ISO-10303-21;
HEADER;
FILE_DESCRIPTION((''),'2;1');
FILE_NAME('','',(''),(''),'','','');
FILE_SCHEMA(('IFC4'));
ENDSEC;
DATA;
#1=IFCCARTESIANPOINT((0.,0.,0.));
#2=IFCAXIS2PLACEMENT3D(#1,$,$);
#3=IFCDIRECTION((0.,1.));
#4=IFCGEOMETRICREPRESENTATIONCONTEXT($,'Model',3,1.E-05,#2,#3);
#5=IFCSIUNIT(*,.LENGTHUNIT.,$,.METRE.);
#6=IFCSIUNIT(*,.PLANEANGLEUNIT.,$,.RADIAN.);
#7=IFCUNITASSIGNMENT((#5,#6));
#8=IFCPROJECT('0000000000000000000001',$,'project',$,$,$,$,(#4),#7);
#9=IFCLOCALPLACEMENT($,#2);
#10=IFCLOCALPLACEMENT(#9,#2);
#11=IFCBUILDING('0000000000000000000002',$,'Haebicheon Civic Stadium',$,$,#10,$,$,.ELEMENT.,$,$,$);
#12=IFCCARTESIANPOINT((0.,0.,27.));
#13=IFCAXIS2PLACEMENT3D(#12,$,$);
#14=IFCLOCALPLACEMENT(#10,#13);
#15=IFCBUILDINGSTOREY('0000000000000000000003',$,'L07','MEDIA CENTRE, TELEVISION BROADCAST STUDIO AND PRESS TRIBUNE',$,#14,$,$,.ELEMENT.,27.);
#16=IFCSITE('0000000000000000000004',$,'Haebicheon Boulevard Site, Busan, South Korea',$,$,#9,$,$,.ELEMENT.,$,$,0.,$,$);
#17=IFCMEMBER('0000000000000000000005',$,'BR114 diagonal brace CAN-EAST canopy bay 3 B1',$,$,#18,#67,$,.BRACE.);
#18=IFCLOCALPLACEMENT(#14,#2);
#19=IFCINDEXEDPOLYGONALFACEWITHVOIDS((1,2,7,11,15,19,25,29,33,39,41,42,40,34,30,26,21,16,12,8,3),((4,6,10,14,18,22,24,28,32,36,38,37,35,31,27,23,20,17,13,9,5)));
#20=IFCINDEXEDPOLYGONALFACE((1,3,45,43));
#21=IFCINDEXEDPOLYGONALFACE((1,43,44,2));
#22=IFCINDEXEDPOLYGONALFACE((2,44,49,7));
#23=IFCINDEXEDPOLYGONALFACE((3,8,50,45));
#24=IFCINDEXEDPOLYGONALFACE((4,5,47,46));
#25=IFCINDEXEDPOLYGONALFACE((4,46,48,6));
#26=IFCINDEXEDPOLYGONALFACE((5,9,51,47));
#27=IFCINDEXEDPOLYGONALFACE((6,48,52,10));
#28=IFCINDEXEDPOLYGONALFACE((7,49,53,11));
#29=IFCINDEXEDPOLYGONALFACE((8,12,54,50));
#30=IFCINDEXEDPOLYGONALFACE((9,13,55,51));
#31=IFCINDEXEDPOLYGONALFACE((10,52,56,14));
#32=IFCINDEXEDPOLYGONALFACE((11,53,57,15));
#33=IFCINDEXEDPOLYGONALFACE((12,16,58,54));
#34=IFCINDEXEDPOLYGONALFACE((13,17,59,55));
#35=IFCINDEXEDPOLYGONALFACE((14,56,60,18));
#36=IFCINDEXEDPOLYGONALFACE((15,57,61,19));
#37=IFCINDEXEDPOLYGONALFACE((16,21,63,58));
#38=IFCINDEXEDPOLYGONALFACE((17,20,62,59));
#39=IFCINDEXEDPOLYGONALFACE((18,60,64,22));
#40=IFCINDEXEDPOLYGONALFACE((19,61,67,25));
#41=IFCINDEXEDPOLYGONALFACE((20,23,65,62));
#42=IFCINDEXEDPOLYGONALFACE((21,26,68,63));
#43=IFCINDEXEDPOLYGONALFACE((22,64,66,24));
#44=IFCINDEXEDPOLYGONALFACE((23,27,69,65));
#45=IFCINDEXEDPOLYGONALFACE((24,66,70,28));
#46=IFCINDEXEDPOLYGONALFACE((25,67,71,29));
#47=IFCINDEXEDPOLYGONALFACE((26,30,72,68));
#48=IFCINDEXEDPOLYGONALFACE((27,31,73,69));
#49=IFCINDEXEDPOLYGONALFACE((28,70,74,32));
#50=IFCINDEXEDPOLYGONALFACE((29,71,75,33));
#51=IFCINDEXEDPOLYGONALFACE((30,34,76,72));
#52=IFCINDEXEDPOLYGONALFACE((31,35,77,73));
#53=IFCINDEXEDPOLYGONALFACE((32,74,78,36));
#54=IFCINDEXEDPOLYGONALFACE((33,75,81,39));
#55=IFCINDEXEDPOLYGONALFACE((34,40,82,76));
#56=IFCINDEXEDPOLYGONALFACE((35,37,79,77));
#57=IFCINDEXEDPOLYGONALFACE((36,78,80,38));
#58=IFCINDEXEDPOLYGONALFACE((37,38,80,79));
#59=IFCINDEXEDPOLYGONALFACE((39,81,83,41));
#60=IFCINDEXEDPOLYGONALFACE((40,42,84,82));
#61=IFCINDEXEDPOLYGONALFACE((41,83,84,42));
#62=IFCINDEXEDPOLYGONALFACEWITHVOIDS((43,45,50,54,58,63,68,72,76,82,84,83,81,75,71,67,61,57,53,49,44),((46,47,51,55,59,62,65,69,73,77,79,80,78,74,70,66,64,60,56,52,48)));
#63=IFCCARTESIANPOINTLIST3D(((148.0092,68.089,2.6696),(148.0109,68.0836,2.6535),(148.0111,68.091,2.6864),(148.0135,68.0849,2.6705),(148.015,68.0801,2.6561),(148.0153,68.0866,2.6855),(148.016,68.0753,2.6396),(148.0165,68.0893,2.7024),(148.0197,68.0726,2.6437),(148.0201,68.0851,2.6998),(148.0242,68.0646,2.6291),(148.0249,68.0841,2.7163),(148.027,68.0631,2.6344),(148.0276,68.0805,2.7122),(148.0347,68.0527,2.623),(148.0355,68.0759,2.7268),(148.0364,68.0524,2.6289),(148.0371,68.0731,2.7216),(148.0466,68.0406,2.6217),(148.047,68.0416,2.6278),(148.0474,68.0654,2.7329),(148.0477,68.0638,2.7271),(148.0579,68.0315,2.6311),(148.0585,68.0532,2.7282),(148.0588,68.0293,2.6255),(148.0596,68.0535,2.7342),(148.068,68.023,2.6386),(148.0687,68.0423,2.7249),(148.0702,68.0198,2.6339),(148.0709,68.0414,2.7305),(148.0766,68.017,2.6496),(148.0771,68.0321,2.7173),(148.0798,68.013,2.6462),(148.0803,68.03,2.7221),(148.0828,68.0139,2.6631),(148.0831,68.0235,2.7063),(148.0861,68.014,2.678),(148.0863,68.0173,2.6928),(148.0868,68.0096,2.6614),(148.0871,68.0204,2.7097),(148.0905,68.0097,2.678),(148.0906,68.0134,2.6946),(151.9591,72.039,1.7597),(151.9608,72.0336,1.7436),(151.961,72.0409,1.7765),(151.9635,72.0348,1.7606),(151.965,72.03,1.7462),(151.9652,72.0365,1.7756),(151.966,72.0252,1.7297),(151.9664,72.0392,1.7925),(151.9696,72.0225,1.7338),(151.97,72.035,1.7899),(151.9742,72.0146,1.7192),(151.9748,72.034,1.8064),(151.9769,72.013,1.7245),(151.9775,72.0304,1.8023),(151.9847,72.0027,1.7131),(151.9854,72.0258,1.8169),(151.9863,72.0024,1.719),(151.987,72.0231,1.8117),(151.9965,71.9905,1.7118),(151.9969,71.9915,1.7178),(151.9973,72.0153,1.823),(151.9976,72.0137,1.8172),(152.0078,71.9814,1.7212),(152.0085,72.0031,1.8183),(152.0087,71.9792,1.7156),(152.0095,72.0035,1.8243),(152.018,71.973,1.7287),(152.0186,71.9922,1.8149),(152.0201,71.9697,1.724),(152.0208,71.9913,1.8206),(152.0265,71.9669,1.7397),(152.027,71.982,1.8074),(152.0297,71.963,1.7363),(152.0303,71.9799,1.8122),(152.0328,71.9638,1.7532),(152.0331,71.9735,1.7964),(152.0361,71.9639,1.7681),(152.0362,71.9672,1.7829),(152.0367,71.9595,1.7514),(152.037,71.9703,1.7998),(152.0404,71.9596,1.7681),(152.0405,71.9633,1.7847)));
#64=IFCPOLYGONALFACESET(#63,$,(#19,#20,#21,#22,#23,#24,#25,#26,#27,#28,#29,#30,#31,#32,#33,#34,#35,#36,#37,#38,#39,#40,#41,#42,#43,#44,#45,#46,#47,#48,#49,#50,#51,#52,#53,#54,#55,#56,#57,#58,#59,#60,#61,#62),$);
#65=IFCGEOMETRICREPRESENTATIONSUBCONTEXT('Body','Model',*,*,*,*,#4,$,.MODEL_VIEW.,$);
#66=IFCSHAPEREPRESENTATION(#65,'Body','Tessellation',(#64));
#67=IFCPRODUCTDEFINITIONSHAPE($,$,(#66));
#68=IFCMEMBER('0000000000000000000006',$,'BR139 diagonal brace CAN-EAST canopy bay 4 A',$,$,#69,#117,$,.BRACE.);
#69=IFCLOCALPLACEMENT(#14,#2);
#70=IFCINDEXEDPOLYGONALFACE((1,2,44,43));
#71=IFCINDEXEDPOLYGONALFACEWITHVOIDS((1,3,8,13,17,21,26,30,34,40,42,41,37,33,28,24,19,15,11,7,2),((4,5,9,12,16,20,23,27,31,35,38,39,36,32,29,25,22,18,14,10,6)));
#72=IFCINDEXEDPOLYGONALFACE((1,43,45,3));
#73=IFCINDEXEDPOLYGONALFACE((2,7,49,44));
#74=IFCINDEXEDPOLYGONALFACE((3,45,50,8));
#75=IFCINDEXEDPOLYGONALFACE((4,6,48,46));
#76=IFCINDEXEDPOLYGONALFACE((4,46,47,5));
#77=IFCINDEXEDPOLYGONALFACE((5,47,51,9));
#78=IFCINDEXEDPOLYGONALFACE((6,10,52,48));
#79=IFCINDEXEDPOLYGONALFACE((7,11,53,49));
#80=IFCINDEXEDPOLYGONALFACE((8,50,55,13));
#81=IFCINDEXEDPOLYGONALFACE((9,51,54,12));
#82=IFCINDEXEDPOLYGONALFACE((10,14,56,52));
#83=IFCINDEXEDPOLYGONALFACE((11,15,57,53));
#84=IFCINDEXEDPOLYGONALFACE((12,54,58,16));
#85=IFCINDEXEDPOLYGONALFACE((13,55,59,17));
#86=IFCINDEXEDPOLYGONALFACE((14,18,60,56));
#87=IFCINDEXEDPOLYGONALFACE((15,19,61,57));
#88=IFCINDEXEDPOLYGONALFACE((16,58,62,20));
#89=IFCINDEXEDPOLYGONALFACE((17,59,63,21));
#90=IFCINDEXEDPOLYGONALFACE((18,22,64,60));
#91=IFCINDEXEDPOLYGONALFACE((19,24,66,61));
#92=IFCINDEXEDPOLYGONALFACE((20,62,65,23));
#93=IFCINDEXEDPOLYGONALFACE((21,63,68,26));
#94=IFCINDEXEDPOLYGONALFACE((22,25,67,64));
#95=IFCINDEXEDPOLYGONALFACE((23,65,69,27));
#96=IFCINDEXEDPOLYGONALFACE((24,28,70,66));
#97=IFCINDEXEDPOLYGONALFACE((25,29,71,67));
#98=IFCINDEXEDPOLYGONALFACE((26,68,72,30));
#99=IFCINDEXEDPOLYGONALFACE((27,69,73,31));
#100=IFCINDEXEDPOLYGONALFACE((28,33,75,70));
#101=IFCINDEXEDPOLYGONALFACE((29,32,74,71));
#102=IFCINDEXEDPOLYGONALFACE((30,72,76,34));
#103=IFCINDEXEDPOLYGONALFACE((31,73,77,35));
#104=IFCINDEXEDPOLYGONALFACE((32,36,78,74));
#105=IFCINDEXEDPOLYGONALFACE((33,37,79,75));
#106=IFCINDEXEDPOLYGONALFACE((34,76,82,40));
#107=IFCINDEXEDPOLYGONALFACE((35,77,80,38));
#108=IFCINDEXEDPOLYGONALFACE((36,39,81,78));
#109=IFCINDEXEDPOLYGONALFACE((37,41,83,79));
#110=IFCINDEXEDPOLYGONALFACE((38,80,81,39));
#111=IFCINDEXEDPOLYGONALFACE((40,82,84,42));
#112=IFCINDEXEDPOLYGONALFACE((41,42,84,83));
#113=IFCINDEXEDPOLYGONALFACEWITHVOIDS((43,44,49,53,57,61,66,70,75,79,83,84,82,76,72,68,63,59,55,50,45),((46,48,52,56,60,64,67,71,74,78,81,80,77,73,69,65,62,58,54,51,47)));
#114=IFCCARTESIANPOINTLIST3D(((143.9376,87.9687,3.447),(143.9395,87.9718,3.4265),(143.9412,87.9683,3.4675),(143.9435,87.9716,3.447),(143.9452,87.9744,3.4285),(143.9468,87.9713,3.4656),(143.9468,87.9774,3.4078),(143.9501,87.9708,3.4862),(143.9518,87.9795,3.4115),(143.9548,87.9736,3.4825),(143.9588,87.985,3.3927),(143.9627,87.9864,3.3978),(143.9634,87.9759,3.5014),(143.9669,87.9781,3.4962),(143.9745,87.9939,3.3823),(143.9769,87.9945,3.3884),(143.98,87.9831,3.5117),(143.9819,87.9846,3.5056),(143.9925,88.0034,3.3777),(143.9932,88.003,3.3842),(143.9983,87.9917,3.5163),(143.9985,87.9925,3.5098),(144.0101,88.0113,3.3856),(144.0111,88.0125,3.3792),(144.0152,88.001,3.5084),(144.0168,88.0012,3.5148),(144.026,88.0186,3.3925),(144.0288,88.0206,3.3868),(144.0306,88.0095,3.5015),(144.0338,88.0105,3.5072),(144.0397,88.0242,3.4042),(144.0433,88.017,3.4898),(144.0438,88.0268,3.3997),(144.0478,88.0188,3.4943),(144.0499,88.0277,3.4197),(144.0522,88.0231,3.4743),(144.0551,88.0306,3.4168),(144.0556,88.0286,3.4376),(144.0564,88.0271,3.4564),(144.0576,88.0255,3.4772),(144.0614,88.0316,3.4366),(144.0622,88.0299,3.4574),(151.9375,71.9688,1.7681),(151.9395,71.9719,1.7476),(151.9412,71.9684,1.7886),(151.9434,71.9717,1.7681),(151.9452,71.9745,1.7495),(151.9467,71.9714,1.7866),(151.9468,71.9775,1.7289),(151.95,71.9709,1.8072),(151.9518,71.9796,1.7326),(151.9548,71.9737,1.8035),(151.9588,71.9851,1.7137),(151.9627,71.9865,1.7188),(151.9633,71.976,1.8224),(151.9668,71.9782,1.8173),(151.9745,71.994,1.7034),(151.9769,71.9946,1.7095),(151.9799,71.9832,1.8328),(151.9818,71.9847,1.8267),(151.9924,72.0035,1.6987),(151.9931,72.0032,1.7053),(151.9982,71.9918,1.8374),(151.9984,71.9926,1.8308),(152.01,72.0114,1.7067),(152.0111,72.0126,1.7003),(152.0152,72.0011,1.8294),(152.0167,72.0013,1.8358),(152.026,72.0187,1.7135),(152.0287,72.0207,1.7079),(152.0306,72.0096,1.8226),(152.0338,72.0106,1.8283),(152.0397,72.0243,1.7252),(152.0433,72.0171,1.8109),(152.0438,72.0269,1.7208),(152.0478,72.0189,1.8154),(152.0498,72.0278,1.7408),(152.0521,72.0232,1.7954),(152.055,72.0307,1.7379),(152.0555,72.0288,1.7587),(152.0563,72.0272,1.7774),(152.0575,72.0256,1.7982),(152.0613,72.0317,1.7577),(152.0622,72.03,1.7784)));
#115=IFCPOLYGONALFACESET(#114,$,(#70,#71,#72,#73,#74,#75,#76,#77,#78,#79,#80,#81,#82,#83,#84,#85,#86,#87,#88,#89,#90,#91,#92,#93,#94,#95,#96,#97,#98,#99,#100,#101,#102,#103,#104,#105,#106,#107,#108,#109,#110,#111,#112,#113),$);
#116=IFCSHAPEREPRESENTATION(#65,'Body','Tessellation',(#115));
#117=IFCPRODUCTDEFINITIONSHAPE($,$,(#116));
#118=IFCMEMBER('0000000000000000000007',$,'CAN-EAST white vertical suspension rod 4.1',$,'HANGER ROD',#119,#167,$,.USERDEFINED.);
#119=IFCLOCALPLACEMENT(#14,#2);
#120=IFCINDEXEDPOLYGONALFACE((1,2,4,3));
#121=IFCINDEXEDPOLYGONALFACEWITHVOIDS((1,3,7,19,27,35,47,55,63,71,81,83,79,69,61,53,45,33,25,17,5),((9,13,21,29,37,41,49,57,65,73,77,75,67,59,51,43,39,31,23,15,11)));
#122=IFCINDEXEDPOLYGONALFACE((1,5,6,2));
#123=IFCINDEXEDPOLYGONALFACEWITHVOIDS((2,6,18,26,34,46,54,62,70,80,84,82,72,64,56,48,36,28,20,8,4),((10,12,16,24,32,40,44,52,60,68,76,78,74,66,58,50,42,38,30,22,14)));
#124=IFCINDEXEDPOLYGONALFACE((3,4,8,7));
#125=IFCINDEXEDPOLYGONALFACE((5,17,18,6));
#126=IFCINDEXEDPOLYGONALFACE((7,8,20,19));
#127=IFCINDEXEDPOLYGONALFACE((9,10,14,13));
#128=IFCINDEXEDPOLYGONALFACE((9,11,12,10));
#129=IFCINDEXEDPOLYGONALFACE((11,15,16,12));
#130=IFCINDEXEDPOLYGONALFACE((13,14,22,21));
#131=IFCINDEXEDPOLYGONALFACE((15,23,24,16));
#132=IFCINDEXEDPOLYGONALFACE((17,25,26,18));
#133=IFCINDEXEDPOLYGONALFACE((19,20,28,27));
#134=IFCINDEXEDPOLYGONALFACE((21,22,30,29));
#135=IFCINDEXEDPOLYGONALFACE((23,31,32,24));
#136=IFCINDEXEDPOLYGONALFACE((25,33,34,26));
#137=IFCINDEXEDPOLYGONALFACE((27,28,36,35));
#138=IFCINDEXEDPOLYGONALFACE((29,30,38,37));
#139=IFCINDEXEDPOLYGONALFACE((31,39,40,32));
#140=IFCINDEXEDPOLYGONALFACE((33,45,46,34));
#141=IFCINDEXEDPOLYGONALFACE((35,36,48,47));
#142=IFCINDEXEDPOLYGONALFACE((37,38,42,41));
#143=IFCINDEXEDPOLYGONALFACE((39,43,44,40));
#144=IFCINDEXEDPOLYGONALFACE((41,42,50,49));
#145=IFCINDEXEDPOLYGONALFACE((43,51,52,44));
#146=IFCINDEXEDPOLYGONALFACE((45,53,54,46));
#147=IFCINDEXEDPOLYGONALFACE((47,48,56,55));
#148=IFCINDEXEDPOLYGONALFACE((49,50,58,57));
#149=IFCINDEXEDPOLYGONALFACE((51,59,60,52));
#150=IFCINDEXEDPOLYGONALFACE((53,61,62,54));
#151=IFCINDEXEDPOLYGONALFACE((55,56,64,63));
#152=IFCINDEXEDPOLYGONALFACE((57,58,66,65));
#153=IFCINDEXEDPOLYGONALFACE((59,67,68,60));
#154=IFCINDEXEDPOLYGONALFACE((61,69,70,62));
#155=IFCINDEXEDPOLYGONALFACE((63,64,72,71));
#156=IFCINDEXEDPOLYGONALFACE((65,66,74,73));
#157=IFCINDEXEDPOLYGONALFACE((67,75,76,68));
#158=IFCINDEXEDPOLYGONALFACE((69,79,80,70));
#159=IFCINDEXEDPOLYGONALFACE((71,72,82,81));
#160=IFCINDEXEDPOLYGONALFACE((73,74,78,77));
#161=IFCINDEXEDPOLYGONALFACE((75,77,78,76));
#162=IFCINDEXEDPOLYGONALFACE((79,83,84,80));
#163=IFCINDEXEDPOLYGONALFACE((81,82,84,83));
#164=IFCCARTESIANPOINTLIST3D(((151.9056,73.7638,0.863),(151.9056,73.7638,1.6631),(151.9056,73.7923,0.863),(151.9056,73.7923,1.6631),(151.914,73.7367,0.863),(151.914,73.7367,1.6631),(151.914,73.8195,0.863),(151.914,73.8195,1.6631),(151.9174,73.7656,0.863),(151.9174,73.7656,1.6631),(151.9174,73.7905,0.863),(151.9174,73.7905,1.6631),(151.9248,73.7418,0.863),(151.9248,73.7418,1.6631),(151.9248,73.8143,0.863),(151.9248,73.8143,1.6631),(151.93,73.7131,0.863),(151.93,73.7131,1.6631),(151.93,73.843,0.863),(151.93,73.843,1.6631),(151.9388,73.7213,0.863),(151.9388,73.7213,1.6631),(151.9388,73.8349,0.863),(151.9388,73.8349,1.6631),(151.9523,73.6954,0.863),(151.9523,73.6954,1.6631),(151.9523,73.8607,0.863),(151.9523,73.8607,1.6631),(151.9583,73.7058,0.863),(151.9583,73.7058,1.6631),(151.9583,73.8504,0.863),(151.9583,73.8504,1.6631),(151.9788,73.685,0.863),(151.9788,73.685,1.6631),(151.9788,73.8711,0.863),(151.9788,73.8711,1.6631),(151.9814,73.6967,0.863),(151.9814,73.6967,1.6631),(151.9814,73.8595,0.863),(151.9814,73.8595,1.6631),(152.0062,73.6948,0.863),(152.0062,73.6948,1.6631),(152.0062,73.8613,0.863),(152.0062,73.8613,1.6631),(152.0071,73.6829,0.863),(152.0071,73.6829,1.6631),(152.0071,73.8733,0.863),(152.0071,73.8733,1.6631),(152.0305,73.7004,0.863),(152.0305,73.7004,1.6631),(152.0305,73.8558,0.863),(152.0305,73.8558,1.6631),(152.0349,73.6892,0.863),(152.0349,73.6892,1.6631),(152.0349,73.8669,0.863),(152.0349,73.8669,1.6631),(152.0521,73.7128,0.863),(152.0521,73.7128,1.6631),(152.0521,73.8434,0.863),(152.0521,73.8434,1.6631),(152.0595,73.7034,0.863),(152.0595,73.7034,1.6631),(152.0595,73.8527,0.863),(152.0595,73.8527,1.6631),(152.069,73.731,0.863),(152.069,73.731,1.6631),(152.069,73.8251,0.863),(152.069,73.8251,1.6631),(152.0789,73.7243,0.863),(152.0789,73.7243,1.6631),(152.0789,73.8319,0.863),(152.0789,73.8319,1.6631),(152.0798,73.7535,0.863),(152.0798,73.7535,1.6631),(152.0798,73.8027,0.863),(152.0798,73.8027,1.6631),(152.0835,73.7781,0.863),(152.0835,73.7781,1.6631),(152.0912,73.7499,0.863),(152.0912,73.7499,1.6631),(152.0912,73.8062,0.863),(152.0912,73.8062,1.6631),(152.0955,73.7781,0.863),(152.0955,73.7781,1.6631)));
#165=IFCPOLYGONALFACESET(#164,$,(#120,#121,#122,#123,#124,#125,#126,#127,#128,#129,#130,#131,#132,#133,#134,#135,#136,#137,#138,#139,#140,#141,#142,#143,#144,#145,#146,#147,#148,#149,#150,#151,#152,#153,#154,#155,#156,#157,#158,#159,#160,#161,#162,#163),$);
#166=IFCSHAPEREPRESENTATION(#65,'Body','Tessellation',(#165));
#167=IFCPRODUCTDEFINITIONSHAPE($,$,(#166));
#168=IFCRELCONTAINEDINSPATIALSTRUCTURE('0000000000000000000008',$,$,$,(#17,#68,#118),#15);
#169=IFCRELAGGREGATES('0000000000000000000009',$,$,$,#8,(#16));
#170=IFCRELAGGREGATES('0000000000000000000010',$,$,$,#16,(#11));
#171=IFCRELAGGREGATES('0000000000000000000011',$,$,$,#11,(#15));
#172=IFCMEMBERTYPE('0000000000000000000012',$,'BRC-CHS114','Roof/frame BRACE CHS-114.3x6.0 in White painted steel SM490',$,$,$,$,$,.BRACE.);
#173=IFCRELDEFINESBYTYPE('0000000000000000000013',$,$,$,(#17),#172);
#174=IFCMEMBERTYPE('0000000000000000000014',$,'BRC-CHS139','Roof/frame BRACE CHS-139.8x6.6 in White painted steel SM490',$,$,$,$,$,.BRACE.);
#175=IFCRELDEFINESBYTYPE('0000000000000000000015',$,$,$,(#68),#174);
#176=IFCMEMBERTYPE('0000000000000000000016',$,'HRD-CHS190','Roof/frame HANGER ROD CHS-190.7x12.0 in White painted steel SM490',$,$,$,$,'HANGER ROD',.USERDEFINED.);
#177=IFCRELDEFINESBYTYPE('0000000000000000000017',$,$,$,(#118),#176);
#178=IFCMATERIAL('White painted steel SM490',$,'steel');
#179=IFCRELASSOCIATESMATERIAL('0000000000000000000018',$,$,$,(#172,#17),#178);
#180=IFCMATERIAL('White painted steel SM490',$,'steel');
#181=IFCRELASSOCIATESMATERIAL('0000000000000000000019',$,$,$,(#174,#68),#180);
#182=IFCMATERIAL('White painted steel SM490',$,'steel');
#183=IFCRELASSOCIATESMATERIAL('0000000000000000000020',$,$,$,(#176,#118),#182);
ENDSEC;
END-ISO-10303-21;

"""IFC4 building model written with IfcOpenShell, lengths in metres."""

from ifc_helpers import new_model, si_unit, direction, frame, origin, origin_2d, place, context, subcontext, project, spatial, hollow_circle, extrude, material, material_profile, profile_set, type_object, element, save


model = new_model("IFC4")

# Units and contexts
model_context = context("Model", 3, precision=1e-05, world=origin(), true_north=direction((0.0, 1.0)))
body_context = subcontext(model_context, "Body", "Model", "MODEL_VIEW")
ifc_project = project(units=[si_unit("LENGTHUNIT", "METRE"), si_unit("PLANEANGLEUNIT", "RADIAN")], contexts=[model_context])

# Site, building, storey
site_placement = place(None, origin())
site = spatial("IfcSite", under=ifc_project, at=site_placement, Name="Haebicheon Boulevard Site, Busan, South Korea", CompositionType="ELEMENT", RefElevation=0.0)
building_placement = place(site_placement, origin())
building = spatial("IfcBuilding", under=site, at=building_placement, Name="Haebicheon Civic Stadium", CompositionType="ELEMENT")
storey_placement = place(building_placement, frame((0.0, 0.0, 27.0)))
storey = spatial("IfcBuildingStorey", under=building, at=storey_placement, Name="L07", Description="MEDIA CENTRE, TELEVISION BROADCAST STUDIO AND PRESS TRIBUNE", CompositionType="ELEMENT", Elevation=27.0)

# Members
ifc_material_1 = material(Name="White painted steel SM490", Category="steel")
ifc_material_profile_1 = material_profile(ifc_material_1, hollow_circle(Radius=0.0571, WallThickness=0.0061, at=origin_2d()), Name="CHS-114.3x6.0")
ifc_profile_set_1 = profile_set([ifc_material_profile_1], Name="White painted steel SM490")
member_type_1 = type_object("IfcMemberType", Name="BRC-CHS114", Description="Roof/frame BRACE CHS-114.3x6.0 in White painted steel SM490", PredefinedType="BRACE", material=ifc_profile_set_1)
member_1_placement = place(storey_placement, frame((152.0, 72.0, 1.7681), z_axis=(-0.697909, -0.697909, 0.16077), x_axis=(0.707107, -0.707107, 0.0)))
element("IfcMember", 1, at=member_1_placement, inside=storey, type_object=member_type_1, material=ifc_profile_set_1, Name="BR114 diagonal brace CAN-EAST canopy bay 3 B1", PredefinedType="BRACE", context=body_context, shape_type="SweptSolid", body=[
    extrude(hollow_circle(Radius=0.0571, WallThickness=0.0061, at=origin_2d()), origin(), (0.0, 0.0, 1.0), 5.6597),
])
ifc_material_2 = material(Name="White painted steel SM490", Category="steel")
ifc_material_profile_2 = material_profile(ifc_material_2, hollow_circle(Radius=0.0698, WallThickness=0.0066, at=origin_2d()), Name="CHS-139.8x6.6")
ifc_profile_set_2 = profile_set([ifc_material_profile_2], Name="White painted steel SM490")
member_type_2 = type_object("IfcMemberType", Name="BRC-CHS139", Description="Roof/frame BRACE CHS-139.8x6.6 in White painted steel SM490", PredefinedType="BRACE", material=ifc_profile_set_2)
member_2_placement = place(storey_placement, frame((152.0, 72.0, 1.7681), z_axis=(-0.445257, 0.890514, 0.093446), x_axis=(-0.894427, -0.447214, 0.0)))
element("IfcMember", 2, at=member_2_placement, inside=storey, type_object=member_type_2, material=ifc_profile_set_2, Name="BR139 diagonal brace CAN-EAST canopy bay 4 A", PredefinedType="BRACE", context=body_context, shape_type="SweptSolid", body=[
    extrude(hollow_circle(Radius=0.0698, WallThickness=0.0066, at=origin_2d()), origin(), (0.0, 0.0, 1.0), 17.967),
])
ifc_material_3 = material(Name="White painted steel SM490", Category="steel")
ifc_material_profile_3 = material_profile(ifc_material_3, hollow_circle(Radius=0.0955, WallThickness=0.012, at=origin_2d()), Name="CHS-190.7x12.0")
ifc_profile_set_3 = profile_set([ifc_material_profile_3], Name="White painted steel SM490")
member_type_3 = type_object("IfcMemberType", Name="HRD-CHS190", Description="Roof/frame HANGER ROD CHS-190.7x12.0 in White painted steel SM490", ElementType="HANGER ROD", PredefinedType="USERDEFINED", material=ifc_profile_set_3)
for number, where, z_axis, x_axis, name in (
    (3, (152.0, 73.7781, 0.863), (0.0, 0.0, 1.0), (1.0, 0.0, 0.0), "CAN-EAST white vertical suspension rod 4.1"),
):
    element("IfcMember", number, at=place(storey_placement, frame(where, z_axis=z_axis, x_axis=x_axis)), inside=storey, type_object=member_type_3, material=ifc_profile_set_3, Name=name, ObjectType="HANGER ROD", PredefinedType="USERDEFINED", context=body_context, shape_type="SweptSolid", body=[
        extrude(hollow_circle(Radius=0.0955, WallThickness=0.012, at=origin_2d()), origin(), (0.0, 0.0, 1.0), 0.8),
    ])

save(model, "model.ifc")
